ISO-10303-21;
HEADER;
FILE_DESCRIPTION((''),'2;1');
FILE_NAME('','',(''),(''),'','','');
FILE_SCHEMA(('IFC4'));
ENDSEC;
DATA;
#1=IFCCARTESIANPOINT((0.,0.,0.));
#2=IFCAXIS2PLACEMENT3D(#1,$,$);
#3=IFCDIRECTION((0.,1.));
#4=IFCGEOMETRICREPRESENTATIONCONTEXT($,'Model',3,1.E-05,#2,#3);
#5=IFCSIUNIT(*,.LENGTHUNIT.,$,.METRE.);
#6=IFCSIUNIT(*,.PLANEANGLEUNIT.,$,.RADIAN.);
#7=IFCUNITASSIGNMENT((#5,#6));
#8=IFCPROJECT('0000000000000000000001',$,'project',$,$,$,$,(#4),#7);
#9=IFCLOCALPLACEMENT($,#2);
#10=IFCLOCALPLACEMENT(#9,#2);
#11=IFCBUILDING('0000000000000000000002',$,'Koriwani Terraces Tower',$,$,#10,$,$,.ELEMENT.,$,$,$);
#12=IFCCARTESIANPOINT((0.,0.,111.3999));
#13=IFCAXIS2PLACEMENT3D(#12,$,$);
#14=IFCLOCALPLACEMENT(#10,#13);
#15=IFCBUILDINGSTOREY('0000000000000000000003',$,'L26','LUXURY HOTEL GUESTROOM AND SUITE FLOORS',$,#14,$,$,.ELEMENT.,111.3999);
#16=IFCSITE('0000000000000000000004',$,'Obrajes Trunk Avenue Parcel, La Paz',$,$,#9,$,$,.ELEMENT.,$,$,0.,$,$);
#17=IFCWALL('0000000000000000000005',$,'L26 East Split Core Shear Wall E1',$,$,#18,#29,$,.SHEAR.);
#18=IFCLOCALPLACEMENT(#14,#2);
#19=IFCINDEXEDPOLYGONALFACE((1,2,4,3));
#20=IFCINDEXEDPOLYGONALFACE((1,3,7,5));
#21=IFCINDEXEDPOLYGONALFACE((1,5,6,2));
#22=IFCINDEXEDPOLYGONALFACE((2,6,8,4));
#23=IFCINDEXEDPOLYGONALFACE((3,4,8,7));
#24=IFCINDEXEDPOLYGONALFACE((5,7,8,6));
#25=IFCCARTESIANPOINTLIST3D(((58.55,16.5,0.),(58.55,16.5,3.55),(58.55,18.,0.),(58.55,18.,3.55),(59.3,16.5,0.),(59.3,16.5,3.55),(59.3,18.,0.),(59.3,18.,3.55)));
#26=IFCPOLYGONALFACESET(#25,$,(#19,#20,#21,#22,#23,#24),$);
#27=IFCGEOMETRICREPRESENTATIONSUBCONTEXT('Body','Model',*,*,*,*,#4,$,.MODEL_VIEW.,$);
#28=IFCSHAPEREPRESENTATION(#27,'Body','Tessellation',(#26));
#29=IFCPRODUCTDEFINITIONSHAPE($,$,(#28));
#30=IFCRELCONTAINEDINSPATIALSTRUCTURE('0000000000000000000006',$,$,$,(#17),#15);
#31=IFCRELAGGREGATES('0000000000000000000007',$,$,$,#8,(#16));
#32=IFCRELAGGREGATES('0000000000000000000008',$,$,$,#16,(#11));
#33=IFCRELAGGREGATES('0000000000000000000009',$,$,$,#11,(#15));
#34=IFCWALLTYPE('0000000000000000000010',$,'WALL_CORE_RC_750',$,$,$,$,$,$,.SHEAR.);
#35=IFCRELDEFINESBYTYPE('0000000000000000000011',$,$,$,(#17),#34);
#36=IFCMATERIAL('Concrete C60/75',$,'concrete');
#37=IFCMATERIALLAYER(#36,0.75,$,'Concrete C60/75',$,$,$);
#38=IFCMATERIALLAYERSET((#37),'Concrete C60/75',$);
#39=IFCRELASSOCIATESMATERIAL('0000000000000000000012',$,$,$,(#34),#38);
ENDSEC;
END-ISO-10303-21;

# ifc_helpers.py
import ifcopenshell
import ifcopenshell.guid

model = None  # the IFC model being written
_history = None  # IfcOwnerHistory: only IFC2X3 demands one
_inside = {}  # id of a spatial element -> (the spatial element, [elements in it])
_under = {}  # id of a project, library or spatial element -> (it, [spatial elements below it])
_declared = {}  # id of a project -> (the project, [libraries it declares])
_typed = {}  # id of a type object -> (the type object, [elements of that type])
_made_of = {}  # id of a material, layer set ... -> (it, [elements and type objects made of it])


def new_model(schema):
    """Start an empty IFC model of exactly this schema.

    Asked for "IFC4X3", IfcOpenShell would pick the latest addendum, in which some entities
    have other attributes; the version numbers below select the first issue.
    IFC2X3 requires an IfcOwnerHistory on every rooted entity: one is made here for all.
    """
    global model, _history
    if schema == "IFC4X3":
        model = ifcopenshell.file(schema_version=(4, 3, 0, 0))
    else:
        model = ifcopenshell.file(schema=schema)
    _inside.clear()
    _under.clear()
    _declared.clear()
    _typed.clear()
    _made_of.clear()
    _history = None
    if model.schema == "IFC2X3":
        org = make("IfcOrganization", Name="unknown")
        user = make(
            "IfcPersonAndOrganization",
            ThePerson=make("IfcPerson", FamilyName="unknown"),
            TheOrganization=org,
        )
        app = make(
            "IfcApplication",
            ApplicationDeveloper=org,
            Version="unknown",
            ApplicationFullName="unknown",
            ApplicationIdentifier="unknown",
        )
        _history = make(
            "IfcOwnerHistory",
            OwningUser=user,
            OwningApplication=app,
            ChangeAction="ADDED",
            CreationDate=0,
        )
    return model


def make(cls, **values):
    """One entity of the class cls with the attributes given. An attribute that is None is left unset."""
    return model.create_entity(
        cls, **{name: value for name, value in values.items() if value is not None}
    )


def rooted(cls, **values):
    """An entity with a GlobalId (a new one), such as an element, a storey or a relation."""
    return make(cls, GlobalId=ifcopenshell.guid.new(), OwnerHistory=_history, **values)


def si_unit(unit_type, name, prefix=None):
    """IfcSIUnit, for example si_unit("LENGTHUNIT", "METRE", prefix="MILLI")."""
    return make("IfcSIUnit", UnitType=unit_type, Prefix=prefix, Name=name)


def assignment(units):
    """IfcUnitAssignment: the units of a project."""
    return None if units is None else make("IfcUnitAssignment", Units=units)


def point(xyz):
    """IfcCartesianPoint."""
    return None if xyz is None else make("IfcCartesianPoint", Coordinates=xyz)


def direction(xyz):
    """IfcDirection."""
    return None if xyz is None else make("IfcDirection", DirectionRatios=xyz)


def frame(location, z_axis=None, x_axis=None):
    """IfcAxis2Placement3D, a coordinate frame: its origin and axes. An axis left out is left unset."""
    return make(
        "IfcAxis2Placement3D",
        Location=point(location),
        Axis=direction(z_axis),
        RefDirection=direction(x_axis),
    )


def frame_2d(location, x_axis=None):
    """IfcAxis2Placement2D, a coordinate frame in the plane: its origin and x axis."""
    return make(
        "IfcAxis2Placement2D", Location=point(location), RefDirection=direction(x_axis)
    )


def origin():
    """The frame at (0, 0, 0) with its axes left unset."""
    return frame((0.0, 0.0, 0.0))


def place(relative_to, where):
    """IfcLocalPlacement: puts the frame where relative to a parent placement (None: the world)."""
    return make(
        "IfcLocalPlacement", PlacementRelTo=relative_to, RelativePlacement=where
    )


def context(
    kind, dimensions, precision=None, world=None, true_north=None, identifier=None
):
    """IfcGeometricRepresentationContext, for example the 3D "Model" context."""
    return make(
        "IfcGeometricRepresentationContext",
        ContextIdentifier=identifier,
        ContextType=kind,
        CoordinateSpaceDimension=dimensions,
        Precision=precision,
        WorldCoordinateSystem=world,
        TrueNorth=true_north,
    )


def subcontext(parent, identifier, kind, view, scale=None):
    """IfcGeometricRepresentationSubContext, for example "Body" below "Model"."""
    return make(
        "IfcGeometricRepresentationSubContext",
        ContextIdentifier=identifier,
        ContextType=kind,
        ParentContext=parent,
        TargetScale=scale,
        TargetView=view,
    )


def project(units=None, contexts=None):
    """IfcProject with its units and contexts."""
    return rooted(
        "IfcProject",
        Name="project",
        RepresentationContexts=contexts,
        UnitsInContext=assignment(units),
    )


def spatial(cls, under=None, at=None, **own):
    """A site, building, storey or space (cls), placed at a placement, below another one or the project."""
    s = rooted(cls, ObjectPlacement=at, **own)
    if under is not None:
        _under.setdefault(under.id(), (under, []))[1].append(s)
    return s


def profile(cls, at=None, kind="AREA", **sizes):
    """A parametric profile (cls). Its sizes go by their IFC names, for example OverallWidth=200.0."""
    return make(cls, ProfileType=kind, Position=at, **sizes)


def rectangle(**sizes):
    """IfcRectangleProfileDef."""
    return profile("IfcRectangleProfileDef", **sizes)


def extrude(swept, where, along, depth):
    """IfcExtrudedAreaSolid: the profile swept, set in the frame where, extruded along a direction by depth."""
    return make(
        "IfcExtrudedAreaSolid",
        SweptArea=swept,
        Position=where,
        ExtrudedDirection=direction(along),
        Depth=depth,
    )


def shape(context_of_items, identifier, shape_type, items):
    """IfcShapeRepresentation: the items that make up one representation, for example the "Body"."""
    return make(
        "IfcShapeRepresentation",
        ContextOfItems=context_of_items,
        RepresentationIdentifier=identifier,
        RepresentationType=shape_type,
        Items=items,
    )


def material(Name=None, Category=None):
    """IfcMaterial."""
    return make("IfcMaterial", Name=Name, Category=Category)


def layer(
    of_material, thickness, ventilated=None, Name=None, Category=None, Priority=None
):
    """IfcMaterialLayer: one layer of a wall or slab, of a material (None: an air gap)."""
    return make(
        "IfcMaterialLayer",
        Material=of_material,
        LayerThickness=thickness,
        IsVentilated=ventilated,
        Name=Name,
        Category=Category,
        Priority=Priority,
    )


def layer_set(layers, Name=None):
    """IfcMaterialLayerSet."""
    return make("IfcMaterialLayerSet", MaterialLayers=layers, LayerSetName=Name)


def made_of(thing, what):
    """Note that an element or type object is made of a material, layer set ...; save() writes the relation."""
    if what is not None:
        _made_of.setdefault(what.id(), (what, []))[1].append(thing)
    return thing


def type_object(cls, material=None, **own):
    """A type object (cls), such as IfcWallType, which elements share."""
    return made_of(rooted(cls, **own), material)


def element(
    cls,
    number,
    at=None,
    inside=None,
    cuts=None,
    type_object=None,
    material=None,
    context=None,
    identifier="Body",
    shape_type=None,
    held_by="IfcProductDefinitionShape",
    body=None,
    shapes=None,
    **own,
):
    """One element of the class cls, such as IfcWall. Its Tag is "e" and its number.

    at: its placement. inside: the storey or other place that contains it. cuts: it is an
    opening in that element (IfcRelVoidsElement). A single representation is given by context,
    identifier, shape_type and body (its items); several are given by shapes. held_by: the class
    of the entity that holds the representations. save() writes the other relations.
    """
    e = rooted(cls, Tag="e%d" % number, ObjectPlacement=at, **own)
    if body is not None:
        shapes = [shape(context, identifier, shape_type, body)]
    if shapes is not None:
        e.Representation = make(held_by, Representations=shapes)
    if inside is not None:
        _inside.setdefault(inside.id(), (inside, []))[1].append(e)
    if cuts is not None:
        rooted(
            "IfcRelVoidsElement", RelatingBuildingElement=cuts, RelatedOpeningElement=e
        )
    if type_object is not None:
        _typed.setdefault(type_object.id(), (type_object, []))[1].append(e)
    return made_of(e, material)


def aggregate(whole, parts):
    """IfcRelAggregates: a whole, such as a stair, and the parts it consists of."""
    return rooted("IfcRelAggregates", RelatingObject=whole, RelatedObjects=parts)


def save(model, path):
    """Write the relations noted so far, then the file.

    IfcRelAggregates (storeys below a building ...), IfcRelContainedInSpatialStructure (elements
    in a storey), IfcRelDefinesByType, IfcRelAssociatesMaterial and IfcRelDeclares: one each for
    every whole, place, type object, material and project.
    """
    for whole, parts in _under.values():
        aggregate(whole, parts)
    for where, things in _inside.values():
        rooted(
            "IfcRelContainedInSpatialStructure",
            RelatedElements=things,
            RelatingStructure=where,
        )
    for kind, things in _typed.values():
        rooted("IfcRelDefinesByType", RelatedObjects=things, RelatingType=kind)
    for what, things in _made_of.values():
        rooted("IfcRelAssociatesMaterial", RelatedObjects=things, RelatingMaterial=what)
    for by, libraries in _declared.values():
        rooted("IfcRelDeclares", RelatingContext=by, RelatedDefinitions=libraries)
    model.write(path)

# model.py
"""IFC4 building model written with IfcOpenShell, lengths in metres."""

from ifc_helpers import new_model, si_unit, direction, frame, frame_2d, origin, place, context, subcontext, project, spatial, rectangle, extrude, material, layer, layer_set, type_object, element, save


model = new_model("IFC4")

# Units and contexts
model_context = context("Model", 3, precision=1e-05, world=origin(), true_north=direction((0.0, 1.0)))
body_context = subcontext(model_context, "Body", "Model", "MODEL_VIEW")
ifc_project = project(units=[si_unit("LENGTHUNIT", "METRE"), si_unit("PLANEANGLEUNIT", "RADIAN")], contexts=[model_context])

# Site, building, storey
site_placement = place(None, origin())
site = spatial("IfcSite", under=ifc_project, at=site_placement, Name="Obrajes Trunk Avenue Parcel, La Paz", CompositionType="ELEMENT", RefElevation=0.0)
building_placement = place(site_placement, origin())
building = spatial("IfcBuilding", under=site, at=building_placement, Name="Koriwani Terraces Tower", CompositionType="ELEMENT")
storey_placement = place(building_placement, frame((0.0, 0.0, 111.3999)))
storey = spatial("IfcBuildingStorey", under=building, at=storey_placement, Name="L26", Description="LUXURY HOTEL GUESTROOM AND SUITE FLOORS", CompositionType="ELEMENT", Elevation=111.3999)

# Shared definitions
ifc_material_1 = material(Name="Concrete C60/75", Category="concrete")

# Wall
ifc_layer = layer(ifc_material_1, 0.75, Name="Concrete C60/75")
ifc_layer_set = layer_set([ifc_layer], Name="Concrete C60/75")
wall_type = type_object("IfcWallType", Name="WALL_CORE_RC_750", PredefinedType="SHEAR", material=ifc_layer_set)
wall_placement = place(storey_placement, frame((58.925, 16.5, 0.0), z_axis=(0.0, 0.0, 1.0), x_axis=(0.0, 1.0, 0.0)))
element("IfcWall", 1, at=wall_placement, inside=storey, type_object=wall_type, Name="L26 East Split Core Shear Wall E1", PredefinedType="SHEAR", context=body_context, shape_type="SweptSolid", body=[
    extrude(rectangle(XDim=1.5, YDim=0.75, at=frame_2d((0.75, 0.0))), origin(), (0.0, 0.0, 1.0), 3.55),
])

save(model, "model.ifc")
